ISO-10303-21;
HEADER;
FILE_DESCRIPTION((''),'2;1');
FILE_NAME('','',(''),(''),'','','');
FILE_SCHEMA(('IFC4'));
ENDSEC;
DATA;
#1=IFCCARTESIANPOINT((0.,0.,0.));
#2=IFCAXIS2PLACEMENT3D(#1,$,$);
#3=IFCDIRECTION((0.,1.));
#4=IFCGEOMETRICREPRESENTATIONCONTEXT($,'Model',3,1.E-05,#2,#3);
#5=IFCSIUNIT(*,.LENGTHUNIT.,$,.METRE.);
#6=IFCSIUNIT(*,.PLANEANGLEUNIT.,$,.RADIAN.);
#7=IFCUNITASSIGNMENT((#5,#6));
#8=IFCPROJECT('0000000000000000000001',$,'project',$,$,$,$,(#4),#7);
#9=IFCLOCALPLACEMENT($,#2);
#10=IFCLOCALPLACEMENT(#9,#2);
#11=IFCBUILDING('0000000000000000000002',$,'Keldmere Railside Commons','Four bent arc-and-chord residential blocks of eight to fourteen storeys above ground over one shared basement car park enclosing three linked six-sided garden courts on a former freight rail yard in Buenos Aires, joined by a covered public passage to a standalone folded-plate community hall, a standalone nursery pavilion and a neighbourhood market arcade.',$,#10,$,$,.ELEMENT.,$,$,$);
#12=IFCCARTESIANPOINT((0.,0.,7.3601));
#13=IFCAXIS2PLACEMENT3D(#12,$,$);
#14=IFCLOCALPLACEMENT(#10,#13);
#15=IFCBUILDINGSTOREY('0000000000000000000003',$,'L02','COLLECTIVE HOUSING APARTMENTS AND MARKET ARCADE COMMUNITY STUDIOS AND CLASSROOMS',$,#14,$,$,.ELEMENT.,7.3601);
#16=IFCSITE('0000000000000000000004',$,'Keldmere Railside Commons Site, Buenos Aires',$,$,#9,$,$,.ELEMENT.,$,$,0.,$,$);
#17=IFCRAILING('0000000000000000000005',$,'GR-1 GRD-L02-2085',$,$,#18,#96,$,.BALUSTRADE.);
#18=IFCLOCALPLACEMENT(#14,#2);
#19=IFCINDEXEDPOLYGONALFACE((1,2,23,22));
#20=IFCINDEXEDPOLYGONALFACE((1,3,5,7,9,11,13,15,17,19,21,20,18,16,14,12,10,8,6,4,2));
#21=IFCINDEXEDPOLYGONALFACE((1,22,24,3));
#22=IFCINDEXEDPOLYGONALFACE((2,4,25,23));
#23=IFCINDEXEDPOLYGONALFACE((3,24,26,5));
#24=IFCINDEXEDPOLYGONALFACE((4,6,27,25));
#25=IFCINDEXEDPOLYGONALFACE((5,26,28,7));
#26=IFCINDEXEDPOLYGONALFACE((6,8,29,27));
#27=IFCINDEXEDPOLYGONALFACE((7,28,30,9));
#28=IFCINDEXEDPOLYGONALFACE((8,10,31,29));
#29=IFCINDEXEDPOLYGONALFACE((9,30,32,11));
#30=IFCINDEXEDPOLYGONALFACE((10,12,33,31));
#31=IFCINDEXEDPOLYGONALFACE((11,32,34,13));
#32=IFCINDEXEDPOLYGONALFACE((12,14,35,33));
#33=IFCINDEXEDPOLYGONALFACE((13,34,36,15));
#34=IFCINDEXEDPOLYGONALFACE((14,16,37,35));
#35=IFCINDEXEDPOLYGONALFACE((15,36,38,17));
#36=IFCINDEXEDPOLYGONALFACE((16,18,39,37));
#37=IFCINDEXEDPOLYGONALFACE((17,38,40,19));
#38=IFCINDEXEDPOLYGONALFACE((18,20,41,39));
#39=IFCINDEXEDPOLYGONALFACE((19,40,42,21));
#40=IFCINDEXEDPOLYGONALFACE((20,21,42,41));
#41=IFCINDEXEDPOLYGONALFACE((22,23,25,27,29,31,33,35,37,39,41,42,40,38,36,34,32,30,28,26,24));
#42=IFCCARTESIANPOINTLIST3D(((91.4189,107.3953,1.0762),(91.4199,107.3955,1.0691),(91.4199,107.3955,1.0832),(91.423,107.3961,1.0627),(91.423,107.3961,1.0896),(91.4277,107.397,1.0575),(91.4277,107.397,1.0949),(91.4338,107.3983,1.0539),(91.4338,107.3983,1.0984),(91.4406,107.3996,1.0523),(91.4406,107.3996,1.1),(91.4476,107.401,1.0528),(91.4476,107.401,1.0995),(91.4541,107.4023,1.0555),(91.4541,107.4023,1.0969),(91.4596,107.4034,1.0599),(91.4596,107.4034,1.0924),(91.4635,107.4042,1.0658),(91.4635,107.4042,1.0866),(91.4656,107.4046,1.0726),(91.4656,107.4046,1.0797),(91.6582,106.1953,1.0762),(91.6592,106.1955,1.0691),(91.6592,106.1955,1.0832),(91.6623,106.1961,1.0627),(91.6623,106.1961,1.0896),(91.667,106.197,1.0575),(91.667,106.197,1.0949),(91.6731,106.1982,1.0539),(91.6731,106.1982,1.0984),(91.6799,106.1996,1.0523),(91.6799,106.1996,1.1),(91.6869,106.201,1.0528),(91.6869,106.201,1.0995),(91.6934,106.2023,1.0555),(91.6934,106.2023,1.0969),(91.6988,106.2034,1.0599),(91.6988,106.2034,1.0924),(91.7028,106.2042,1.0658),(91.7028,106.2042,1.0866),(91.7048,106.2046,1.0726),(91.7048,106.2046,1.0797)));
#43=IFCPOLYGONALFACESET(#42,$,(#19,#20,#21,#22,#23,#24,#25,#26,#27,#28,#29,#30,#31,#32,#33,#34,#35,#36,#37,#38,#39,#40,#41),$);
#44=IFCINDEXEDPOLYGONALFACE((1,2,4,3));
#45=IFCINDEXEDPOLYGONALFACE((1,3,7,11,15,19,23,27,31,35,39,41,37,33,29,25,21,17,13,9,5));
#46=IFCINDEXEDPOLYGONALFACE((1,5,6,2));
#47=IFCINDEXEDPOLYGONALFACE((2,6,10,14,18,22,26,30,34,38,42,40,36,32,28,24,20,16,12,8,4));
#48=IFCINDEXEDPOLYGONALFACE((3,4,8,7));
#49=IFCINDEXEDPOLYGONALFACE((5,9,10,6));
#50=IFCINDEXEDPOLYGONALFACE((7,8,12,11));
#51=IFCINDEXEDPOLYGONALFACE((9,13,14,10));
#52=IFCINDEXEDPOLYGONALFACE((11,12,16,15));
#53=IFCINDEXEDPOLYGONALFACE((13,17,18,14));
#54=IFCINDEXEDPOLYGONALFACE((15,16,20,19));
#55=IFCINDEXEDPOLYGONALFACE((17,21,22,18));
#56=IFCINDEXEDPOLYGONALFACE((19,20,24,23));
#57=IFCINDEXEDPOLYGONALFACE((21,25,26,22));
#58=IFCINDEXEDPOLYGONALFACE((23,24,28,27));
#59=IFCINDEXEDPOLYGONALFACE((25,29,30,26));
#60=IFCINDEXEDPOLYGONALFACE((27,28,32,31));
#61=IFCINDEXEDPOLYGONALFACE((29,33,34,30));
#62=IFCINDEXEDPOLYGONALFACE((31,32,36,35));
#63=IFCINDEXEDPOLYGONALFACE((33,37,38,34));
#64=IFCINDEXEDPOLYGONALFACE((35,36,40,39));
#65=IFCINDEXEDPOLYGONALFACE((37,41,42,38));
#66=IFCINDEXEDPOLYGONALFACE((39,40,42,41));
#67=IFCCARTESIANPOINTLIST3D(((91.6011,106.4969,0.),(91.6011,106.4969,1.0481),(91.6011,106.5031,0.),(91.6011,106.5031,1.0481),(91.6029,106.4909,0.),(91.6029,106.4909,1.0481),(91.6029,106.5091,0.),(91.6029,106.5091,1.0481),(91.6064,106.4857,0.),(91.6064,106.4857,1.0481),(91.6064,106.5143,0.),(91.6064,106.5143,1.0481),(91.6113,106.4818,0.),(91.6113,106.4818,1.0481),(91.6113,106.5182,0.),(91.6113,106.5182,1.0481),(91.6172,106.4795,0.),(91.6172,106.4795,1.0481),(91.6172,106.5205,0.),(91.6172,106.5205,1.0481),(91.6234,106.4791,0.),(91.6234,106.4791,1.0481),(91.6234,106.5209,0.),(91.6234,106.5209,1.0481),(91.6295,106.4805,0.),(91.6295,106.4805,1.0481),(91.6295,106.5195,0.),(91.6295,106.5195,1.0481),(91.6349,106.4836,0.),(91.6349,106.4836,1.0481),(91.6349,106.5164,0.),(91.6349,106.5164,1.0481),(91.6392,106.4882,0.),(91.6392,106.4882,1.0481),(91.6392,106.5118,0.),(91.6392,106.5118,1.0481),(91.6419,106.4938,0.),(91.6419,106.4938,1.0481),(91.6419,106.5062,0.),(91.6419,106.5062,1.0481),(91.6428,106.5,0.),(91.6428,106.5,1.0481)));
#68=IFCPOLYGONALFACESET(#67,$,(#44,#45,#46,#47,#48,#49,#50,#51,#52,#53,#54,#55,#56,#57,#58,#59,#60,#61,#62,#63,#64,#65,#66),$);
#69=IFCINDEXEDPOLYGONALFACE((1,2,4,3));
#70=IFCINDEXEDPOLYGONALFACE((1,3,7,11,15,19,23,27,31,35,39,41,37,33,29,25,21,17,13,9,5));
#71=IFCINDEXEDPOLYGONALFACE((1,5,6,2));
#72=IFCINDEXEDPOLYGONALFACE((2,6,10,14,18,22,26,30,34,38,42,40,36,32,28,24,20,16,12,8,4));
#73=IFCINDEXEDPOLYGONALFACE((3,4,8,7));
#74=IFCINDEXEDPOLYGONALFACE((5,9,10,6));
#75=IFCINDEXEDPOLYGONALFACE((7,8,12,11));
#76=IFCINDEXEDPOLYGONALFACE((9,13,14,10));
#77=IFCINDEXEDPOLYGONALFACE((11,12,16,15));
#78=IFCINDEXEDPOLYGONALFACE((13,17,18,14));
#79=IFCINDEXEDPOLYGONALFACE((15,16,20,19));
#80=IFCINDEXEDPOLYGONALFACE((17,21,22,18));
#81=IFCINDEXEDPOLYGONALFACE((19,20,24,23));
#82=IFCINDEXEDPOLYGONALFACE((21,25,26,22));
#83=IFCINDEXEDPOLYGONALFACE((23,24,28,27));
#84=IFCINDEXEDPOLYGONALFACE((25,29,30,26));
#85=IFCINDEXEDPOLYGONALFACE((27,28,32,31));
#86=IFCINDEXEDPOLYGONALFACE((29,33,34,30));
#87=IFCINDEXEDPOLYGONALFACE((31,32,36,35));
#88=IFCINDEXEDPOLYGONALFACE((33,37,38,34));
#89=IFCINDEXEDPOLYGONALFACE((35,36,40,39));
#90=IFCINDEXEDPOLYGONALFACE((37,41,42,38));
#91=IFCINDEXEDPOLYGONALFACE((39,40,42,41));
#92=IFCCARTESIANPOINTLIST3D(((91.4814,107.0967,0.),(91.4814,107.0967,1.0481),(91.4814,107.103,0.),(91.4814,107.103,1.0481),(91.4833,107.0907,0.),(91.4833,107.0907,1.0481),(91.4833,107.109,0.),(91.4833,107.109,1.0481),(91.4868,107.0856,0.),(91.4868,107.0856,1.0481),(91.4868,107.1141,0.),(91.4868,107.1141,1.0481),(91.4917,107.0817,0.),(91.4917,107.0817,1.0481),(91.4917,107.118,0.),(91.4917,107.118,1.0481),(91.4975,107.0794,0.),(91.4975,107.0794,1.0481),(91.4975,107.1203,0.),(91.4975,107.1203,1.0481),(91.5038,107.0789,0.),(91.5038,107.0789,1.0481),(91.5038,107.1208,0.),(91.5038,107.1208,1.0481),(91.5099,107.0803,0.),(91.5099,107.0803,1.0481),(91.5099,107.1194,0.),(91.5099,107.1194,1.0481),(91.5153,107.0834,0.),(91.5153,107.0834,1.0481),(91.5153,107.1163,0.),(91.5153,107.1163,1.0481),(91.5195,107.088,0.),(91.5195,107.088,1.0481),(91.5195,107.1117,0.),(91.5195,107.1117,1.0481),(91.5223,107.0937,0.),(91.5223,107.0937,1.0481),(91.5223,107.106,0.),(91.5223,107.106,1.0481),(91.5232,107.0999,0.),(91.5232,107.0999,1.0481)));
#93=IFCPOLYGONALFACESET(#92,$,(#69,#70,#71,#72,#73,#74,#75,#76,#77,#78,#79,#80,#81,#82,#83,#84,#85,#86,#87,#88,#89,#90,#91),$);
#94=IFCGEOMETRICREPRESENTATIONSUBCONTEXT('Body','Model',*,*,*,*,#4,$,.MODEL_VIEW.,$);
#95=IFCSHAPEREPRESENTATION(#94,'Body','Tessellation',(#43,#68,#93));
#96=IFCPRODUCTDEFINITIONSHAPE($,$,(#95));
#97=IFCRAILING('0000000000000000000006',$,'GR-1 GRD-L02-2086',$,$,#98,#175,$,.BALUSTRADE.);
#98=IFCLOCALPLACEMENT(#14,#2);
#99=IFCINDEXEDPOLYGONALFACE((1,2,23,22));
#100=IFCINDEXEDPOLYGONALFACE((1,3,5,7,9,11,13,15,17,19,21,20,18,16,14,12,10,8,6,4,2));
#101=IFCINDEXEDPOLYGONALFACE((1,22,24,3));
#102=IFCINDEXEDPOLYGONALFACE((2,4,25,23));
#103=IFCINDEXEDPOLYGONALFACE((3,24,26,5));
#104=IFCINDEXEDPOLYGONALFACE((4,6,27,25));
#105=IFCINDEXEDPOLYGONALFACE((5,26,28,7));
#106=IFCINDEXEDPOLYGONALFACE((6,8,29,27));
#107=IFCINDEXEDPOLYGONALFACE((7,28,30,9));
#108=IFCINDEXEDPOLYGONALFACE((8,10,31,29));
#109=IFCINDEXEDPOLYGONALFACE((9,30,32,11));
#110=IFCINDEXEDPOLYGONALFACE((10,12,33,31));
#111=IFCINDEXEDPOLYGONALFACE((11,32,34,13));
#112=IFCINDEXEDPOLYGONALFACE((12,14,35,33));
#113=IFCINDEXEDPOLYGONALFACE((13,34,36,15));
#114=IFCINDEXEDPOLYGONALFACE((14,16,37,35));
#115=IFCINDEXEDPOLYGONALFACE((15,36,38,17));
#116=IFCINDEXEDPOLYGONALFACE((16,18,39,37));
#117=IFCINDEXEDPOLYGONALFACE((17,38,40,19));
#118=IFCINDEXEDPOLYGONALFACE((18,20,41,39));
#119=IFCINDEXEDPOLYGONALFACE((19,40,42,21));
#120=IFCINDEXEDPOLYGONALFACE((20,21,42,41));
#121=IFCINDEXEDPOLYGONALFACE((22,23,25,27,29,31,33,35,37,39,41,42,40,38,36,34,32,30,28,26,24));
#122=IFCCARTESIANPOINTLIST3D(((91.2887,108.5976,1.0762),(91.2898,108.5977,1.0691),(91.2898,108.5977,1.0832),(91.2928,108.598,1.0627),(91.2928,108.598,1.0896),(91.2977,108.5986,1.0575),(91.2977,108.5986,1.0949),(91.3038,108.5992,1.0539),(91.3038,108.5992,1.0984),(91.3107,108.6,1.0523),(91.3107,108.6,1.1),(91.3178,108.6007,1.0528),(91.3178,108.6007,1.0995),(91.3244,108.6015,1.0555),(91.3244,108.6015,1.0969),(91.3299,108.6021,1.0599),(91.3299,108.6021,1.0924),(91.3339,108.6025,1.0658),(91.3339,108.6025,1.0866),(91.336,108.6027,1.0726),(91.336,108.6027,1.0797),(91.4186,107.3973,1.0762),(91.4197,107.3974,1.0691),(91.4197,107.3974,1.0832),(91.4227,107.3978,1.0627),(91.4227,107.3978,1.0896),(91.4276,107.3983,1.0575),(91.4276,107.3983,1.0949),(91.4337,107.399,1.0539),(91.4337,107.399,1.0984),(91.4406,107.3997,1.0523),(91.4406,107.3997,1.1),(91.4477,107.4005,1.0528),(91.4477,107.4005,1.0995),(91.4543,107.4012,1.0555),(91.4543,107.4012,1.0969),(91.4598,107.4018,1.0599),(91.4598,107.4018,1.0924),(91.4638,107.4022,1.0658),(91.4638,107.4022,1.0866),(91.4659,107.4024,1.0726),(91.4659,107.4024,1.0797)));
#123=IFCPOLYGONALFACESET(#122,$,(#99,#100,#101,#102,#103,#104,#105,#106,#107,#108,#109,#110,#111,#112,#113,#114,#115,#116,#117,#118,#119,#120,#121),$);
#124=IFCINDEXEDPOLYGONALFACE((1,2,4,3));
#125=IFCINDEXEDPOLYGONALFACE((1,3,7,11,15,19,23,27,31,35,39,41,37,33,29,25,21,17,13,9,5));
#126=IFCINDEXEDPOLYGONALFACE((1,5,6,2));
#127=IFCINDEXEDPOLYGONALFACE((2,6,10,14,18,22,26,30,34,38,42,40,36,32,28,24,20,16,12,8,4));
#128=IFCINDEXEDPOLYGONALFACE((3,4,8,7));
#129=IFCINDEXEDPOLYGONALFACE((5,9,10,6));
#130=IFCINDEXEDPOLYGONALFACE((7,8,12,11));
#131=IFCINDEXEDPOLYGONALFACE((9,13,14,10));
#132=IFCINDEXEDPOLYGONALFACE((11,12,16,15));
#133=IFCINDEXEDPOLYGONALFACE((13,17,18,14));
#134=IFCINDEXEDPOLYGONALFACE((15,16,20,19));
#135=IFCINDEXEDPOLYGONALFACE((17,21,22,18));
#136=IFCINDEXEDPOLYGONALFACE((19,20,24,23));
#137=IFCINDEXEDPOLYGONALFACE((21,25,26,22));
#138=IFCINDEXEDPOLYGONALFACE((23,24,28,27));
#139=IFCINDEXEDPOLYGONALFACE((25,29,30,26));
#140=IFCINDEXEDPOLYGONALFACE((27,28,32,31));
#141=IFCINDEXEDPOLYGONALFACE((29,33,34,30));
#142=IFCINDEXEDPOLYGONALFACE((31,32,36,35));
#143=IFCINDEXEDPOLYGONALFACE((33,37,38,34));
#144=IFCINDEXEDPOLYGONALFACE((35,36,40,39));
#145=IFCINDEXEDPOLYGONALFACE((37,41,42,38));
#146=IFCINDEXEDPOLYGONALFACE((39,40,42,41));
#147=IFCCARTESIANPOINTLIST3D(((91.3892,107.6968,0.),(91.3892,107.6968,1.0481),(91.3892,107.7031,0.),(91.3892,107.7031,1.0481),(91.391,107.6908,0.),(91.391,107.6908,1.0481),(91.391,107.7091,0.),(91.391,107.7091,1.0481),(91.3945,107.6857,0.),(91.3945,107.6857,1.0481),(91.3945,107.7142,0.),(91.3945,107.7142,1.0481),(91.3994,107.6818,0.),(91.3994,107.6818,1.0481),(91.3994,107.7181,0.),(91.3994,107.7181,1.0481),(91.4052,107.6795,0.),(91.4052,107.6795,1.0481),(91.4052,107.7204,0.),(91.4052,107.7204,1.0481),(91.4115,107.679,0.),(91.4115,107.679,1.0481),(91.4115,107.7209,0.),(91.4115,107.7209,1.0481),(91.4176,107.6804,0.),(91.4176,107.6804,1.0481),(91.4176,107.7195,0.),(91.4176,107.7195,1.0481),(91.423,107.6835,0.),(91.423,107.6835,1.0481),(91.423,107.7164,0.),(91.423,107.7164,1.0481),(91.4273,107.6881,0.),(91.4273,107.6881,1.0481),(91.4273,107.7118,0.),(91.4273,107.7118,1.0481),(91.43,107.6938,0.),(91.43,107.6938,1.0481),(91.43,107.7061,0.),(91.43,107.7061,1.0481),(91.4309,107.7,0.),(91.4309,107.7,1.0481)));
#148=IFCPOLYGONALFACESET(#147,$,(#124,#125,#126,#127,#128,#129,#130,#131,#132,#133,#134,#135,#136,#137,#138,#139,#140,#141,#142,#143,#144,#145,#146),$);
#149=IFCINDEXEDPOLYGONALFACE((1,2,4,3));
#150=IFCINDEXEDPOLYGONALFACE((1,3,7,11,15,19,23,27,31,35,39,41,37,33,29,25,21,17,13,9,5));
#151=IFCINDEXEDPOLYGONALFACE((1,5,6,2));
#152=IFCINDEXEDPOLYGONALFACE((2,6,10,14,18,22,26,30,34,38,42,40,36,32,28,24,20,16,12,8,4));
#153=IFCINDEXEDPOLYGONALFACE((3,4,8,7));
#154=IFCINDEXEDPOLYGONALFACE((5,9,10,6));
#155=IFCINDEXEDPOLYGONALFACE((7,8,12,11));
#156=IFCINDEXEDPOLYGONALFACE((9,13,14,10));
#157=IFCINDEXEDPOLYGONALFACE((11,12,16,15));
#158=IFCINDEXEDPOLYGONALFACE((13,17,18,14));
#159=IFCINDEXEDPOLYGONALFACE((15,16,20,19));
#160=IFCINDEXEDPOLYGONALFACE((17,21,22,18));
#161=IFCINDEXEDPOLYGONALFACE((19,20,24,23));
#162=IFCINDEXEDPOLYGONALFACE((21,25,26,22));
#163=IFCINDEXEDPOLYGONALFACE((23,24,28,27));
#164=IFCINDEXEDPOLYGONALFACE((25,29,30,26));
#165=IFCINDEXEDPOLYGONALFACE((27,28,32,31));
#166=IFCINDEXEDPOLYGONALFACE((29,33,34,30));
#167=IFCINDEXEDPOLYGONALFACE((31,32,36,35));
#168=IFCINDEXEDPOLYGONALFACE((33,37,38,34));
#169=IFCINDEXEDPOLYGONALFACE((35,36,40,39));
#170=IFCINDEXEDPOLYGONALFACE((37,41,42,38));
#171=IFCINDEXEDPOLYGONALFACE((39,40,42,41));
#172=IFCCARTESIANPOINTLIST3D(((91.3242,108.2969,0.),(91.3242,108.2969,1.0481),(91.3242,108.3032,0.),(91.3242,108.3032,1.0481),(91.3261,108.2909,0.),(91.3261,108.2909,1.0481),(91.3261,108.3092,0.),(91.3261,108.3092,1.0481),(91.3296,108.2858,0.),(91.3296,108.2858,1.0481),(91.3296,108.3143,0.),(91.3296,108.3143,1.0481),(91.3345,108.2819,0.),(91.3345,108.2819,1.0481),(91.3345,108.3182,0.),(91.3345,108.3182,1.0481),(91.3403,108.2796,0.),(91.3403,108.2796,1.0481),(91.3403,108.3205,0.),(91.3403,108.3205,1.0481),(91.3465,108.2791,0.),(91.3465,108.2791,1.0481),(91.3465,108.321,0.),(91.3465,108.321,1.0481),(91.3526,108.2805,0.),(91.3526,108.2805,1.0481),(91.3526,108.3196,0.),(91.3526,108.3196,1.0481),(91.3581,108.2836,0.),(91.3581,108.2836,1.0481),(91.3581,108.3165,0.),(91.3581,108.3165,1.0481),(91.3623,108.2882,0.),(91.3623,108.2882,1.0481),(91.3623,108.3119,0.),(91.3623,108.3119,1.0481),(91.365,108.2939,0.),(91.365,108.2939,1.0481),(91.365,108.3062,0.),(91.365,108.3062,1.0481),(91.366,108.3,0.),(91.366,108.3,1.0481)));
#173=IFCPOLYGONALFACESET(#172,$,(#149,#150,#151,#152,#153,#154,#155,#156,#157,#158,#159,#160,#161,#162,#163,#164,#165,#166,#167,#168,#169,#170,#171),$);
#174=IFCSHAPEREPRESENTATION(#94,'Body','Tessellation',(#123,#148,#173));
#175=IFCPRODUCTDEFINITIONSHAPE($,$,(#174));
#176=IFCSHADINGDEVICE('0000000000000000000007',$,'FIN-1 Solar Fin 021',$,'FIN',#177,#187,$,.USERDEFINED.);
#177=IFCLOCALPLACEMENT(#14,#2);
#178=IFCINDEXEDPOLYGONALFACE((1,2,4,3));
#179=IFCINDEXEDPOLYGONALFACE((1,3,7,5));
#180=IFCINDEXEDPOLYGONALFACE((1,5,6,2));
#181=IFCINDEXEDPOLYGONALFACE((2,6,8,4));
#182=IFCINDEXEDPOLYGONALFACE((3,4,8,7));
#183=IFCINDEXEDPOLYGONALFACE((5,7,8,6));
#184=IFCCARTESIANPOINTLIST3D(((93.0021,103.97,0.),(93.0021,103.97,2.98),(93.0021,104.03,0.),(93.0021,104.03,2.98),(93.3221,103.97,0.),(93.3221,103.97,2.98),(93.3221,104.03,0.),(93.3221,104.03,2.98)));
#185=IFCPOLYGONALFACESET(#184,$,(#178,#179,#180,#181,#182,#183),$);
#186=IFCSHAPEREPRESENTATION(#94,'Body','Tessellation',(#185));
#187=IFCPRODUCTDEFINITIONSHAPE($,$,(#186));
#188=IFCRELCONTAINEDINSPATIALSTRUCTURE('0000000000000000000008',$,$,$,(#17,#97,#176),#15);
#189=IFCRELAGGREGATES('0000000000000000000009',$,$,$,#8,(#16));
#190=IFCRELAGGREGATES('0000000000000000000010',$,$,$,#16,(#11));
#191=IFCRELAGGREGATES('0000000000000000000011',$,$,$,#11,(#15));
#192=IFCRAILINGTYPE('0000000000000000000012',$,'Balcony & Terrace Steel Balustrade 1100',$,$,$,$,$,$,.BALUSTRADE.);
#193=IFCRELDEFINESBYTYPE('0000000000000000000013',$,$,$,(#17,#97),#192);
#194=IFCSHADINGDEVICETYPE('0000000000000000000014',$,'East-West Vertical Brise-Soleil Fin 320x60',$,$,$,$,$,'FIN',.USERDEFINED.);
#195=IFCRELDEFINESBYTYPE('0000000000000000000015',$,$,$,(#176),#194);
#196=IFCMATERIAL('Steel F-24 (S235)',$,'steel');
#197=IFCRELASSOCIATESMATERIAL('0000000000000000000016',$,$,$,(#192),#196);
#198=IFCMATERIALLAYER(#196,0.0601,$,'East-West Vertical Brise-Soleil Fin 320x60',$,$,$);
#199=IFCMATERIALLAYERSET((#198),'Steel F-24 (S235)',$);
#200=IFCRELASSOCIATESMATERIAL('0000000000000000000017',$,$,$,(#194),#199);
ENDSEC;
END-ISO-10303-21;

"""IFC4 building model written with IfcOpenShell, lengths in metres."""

from ifc_helpers import new_model, si_unit, direction, frame, origin, origin_2d, place, context, subcontext, project, spatial, rectangle, circle, extrude, material, layer, layer_set, type_object, element, save


model = new_model("IFC4")

# Units and contexts
model_context = context("Model", 3, precision=1e-05, world=origin(), true_north=direction((0.0, 1.0)))
body_context = subcontext(model_context, "Body", "Model", "MODEL_VIEW")
ifc_project = project(units=[si_unit("LENGTHUNIT", "METRE"), si_unit("PLANEANGLEUNIT", "RADIAN")], contexts=[model_context])

# Site, building, storey
site_placement = place(None, origin())
site = spatial("IfcSite", under=ifc_project, at=site_placement, Name="Keldmere Railside Commons Site, Buenos Aires", CompositionType="ELEMENT", RefElevation=0.0)
building_placement = place(site_placement, origin())
building = spatial("IfcBuilding", under=site, at=building_placement, Name="Keldmere Railside Commons", Description="Four bent arc-and-chord residential blocks of eight to fourteen storeys above ground over one shared basement car park enclosing three linked six-sided garden courts on a former freight rail yard in Buenos Aires, joined by a covered public passage to a standalone folded-plate community hall, a standalone nursery pavilion and a neighbourhood market arcade.", CompositionType="ELEMENT")
storey_placement = place(building_placement, frame((0.0, 0.0, 7.3601)))
storey = spatial("IfcBuildingStorey", under=building, at=storey_placement, Name="L02", Description="COLLECTIVE HOUSING APARTMENTS AND MARKET ARCADE COMMUNITY STUDIOS AND CLASSROOMS", CompositionType="ELEMENT", Elevation=7.3601)

# Railings
ifc_material_1 = material(Name="Steel F-24 (S235)", Category="steel")
railing_type = type_object("IfcRailingType", Name="Balcony & Terrace Steel Balustrade 1100", PredefinedType="BALUSTRADE", material=ifc_material_1)
railing_1_placement = place(storey_placement, frame((91.6816, 106.2, 0.0)))
element("IfcRailing", 1, at=railing_1_placement, inside=storey, type_object=railing_type, Name="GR-1 GRD-L02-2085", PredefinedType="BALUSTRADE", context=body_context, shape_type="SweptSolid", body=[
    extrude(circle(Radius=0.0239, at=origin_2d()), frame((0.0, 0.0, 1.0762), z_axis=(-0.195541, 0.980696, 0.0), x_axis=(-0.980696, -0.195541, 0.0)), (0.0, 0.0, 1.0), 1.2236),
    extrude(circle(Radius=0.021, at=origin_2d()), frame((-0.0598, 0.3, 0.0)), (0.0, 0.0, 1.0), 1.0481),
    extrude(circle(Radius=0.021, at=origin_2d()), frame((-0.1794, 0.8999, 0.0)), (0.0, 0.0, 1.0), 1.0481),
])
railing_2_placement = place(storey_placement, frame((91.4424, 107.3999, 0.0)))
element("IfcRailing", 2, at=railing_2_placement, inside=storey, type_object=railing_type, Name="GR-1 GRD-L02-2086", PredefinedType="BALUSTRADE", context=body_context, shape_type="SweptSolid", body=[
    extrude(circle(Radius=0.0239, at=origin_2d()), frame((0.0, 0.0, 1.0762), z_axis=(-0.10759, 0.994195, 0.0), x_axis=(-0.994195, -0.10759, 0.0)), (0.0, 0.0, 1.0), 1.2073),
    extrude(circle(Radius=0.021, at=origin_2d()), frame((-0.0325, 0.3, 0.0)), (0.0, 0.0, 1.0), 1.0481),
    extrude(circle(Radius=0.021, at=origin_2d()), frame((-0.0974, 0.9001, 0.0)), (0.0, 0.0, 1.0), 1.0481),
])

# Shading device
ifc_layer_1 = layer(ifc_material_1, 0.0601, Name="East-West Vertical Brise-Soleil Fin 320x60")
ifc_layer_set_1 = layer_set([ifc_layer_1], Name="Steel F-24 (S235)")
shading_device_type = type_object("IfcShadingDeviceType", Name="East-West Vertical Brise-Soleil Fin 320x60", ElementType="FIN", PredefinedType="USERDEFINED", material=ifc_layer_set_1)
shading_device_placement = place(storey_placement, frame((93.1621, 104.0, 0.0), z_axis=(0.0, 0.0, 1.0), x_axis=(1.0, 0.0, 0.0)))
element("IfcShadingDevice", 3, at=shading_device_placement, inside=storey, type_object=shading_device_type, Name="FIN-1 Solar Fin 021", ObjectType="FIN", PredefinedType="USERDEFINED", context=body_context, shape_type="SweptSolid", body=[
    extrude(rectangle(XDim=0.3201, YDim=0.0601, at=origin_2d()), origin(), (0.0, 0.0, 1.0), 2.98),
])

save(model, "model.ifc")
